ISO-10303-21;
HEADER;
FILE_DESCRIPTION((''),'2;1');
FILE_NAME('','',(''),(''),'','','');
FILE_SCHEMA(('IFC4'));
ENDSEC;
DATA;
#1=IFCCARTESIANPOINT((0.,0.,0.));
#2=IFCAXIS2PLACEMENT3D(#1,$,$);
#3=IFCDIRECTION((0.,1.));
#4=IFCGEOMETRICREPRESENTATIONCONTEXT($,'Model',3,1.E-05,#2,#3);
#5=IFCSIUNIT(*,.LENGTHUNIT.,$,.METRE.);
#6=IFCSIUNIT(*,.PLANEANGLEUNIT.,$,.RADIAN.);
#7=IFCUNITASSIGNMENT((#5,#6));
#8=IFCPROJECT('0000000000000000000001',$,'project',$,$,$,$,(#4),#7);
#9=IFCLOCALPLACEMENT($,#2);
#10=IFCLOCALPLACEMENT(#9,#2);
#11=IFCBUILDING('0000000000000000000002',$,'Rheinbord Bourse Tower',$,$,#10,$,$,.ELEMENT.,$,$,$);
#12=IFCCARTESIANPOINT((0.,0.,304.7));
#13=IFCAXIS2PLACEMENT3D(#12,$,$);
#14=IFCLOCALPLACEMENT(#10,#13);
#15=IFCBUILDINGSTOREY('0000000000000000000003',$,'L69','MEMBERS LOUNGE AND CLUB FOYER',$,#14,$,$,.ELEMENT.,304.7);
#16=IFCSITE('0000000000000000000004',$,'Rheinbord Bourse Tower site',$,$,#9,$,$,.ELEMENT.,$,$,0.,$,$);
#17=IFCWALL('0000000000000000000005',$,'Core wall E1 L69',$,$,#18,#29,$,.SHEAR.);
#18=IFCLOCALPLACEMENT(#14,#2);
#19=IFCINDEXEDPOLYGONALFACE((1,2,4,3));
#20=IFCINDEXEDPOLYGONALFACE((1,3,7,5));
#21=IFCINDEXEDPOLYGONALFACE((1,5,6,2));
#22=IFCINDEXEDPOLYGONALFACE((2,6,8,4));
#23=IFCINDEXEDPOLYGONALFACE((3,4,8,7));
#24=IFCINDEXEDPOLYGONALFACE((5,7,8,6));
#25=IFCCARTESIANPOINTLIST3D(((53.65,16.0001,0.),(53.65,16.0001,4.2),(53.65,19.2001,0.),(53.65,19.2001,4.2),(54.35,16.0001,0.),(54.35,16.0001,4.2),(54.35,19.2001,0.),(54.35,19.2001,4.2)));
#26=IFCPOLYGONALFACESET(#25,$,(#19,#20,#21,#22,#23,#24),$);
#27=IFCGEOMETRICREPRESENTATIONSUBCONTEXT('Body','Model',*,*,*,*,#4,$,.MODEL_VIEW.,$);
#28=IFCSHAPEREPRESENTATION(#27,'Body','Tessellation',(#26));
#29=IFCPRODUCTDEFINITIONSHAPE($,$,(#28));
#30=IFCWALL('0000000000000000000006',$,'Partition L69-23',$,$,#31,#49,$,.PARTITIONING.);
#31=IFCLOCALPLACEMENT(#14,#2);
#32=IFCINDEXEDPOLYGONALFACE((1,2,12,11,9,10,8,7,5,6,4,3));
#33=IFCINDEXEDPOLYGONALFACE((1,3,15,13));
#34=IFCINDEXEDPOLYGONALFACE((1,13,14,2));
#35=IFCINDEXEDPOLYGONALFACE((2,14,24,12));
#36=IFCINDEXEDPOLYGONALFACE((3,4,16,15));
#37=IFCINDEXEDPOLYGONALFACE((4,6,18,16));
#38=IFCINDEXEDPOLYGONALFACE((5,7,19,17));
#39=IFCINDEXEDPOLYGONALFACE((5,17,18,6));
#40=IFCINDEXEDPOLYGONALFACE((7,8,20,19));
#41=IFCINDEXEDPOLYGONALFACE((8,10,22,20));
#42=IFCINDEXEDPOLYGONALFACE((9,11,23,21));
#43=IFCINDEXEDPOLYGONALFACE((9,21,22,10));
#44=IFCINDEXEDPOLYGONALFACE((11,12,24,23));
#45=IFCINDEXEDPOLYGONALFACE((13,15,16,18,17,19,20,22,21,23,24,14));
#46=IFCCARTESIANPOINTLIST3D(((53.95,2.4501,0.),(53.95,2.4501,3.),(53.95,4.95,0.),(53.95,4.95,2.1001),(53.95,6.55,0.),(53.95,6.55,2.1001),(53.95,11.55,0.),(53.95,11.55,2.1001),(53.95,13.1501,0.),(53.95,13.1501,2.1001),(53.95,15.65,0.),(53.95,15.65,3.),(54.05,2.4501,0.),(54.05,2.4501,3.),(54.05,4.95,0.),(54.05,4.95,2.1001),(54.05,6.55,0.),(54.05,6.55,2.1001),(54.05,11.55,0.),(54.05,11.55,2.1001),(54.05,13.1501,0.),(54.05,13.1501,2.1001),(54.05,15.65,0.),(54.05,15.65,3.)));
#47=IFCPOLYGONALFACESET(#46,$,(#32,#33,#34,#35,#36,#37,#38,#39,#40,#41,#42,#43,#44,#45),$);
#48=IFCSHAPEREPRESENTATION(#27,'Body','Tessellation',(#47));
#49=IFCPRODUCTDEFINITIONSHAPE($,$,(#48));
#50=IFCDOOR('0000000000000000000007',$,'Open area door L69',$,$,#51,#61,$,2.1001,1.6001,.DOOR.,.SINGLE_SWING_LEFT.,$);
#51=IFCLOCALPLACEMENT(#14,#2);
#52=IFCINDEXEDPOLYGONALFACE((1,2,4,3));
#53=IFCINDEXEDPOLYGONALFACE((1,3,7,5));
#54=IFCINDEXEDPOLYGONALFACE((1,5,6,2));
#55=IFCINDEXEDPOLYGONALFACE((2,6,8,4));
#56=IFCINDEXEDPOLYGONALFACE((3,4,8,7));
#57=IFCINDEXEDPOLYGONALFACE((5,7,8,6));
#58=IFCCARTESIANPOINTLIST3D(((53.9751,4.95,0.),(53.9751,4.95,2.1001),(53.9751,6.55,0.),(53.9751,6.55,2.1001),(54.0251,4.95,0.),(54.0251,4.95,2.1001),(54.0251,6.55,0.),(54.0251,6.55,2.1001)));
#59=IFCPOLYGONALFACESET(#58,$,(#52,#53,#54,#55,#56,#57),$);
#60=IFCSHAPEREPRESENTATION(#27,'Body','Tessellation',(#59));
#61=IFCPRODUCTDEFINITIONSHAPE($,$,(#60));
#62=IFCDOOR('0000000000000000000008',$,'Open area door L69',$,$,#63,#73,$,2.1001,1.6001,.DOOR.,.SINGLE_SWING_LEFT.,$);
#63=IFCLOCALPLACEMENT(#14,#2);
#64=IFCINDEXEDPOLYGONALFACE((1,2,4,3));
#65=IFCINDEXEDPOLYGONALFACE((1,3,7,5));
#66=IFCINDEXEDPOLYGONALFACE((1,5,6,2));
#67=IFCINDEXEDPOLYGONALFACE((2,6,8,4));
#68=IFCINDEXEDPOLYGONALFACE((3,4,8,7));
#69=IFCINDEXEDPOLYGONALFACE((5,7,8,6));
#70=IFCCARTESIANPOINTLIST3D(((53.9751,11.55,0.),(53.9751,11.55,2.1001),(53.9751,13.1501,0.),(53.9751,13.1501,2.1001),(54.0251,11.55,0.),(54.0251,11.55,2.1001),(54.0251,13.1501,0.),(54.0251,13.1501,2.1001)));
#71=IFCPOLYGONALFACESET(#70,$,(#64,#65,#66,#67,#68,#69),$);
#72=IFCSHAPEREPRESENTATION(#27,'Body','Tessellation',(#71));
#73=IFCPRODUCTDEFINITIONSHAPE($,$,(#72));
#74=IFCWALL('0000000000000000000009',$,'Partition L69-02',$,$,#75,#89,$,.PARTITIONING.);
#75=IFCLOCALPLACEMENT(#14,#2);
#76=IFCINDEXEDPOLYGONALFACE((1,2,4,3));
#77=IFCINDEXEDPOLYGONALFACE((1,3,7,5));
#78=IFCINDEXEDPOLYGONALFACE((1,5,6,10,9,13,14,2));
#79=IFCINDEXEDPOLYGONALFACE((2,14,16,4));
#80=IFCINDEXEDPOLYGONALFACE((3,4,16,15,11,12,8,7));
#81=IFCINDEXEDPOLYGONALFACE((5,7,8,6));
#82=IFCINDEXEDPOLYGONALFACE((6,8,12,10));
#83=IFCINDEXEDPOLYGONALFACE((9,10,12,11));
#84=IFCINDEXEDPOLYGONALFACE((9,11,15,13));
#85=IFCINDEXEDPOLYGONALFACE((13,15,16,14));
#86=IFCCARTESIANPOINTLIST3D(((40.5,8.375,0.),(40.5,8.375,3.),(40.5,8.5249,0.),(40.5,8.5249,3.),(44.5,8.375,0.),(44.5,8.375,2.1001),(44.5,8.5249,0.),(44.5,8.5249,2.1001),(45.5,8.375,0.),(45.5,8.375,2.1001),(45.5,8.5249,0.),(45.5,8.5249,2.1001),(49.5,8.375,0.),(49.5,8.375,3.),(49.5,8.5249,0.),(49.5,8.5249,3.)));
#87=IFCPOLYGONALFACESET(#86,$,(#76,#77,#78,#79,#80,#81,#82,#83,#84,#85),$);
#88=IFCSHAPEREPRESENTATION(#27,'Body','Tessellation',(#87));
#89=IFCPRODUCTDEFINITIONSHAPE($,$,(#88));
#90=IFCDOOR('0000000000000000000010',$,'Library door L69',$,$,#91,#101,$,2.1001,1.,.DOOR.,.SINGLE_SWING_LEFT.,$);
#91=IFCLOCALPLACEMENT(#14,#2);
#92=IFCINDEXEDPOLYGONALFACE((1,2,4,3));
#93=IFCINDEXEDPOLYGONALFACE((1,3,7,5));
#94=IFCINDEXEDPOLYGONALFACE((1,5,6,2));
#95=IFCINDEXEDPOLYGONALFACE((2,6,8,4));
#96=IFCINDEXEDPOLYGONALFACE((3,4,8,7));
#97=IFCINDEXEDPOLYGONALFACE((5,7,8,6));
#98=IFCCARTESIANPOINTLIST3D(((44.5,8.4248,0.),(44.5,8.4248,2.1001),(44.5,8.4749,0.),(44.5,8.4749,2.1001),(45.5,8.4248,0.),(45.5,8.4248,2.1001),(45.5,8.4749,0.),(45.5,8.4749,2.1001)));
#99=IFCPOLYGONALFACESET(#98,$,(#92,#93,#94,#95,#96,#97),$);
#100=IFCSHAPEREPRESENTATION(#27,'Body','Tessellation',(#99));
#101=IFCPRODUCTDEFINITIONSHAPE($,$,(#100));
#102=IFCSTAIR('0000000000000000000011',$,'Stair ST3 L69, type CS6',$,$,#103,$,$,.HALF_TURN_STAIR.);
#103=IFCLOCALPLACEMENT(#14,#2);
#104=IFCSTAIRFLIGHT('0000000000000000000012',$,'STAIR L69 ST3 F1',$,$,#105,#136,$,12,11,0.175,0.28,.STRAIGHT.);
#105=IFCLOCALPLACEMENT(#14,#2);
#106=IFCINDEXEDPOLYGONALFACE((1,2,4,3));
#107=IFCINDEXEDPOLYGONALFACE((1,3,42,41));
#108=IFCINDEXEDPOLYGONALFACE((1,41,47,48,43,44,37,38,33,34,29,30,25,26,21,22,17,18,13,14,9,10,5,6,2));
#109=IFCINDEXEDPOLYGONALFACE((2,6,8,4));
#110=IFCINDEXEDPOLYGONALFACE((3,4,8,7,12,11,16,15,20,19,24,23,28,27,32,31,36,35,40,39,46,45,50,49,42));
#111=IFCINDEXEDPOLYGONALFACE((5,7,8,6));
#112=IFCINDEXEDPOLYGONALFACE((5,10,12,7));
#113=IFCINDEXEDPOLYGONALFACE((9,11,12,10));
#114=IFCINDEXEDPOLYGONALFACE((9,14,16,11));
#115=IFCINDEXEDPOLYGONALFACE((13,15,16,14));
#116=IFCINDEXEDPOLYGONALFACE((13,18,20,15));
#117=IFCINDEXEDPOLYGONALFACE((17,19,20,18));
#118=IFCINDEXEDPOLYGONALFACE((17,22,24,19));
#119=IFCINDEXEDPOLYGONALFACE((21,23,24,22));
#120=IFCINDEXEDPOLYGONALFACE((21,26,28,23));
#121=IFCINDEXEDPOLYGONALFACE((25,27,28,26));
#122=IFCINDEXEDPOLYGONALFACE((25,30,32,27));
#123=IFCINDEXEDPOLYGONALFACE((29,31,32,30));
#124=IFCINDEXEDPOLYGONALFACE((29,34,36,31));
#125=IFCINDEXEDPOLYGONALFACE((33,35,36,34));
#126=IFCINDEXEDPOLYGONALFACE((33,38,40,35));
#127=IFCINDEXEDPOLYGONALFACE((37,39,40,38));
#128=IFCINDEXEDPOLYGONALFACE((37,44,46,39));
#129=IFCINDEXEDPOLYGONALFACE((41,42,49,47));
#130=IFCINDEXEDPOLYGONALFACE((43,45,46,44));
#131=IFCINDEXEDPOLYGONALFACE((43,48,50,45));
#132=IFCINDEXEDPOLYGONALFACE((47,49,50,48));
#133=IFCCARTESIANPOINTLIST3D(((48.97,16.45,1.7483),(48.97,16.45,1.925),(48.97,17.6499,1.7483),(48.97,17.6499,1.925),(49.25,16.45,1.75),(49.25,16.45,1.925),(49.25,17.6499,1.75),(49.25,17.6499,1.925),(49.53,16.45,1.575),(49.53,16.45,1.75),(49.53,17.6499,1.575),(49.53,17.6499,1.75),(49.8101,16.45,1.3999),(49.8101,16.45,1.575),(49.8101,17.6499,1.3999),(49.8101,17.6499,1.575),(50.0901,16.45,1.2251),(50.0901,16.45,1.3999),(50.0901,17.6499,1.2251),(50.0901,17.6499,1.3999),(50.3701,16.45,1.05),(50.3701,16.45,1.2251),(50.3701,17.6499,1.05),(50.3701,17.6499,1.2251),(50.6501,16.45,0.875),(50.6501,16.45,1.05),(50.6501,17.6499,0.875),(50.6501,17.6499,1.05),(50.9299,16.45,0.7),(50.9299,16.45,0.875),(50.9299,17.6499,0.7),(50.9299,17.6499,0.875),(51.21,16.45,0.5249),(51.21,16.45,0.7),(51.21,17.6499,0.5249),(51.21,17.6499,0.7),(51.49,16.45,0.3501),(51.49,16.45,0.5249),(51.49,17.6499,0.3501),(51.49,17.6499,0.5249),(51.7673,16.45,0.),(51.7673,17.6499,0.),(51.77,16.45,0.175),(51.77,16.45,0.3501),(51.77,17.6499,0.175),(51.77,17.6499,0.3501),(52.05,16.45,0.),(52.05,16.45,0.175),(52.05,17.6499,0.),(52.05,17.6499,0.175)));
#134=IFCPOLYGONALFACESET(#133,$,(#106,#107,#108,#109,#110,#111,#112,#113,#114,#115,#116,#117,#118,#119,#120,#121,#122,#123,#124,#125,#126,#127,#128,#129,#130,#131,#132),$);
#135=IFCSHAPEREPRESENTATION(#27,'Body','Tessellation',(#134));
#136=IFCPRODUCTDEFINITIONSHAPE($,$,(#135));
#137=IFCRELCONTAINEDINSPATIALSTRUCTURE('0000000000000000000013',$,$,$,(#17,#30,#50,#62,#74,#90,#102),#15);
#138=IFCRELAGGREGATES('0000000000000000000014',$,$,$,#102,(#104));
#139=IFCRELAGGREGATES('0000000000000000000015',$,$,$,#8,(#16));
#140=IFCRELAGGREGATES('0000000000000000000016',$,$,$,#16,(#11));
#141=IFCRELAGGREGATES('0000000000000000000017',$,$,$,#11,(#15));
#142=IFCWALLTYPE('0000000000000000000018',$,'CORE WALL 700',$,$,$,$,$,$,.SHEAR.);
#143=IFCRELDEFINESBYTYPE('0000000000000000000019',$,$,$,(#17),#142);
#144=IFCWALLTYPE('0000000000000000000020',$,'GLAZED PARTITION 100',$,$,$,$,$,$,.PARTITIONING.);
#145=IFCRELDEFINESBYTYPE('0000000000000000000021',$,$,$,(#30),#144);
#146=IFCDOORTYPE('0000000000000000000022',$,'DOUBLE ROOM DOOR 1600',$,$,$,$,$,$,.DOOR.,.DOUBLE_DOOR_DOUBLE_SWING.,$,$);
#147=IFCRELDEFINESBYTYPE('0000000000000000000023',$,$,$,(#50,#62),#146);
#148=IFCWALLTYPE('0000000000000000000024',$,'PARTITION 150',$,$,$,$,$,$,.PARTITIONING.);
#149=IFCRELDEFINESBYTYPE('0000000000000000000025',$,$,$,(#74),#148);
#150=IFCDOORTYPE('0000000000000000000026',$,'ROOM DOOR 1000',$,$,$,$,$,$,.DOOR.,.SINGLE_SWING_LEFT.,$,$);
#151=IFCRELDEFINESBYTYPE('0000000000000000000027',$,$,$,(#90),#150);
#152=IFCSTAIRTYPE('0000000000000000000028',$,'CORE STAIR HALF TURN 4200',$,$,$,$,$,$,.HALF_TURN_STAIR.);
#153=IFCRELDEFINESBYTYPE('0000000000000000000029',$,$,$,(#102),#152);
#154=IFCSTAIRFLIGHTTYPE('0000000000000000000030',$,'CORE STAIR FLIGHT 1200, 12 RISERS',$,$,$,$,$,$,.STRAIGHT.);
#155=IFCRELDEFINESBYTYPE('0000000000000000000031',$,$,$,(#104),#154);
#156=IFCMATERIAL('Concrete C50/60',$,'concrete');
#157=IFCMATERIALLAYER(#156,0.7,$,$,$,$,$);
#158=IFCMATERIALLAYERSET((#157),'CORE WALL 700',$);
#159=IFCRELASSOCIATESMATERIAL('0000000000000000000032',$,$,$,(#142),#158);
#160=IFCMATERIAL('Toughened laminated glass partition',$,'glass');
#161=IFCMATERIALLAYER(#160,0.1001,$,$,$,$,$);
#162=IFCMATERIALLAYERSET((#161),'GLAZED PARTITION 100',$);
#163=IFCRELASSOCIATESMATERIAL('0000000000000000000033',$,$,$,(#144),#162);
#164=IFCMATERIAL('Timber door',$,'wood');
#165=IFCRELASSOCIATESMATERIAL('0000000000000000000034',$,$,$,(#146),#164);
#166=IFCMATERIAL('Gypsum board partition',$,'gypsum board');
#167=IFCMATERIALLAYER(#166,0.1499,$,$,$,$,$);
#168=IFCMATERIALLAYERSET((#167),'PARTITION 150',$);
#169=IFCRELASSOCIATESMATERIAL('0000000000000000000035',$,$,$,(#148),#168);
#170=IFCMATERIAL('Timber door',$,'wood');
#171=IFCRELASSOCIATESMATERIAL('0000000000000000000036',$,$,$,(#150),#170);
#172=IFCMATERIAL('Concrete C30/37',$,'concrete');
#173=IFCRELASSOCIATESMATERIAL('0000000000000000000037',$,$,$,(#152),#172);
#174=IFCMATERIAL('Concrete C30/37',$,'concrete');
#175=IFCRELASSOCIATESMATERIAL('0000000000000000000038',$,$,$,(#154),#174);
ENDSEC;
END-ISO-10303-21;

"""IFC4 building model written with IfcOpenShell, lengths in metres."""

from ifc_helpers import new_model, si_unit, direction, frame, frame_2d, origin, place, context, subcontext, project, spatial, polyline, rectangle, outline, extrude, material, layer, layer_set, type_object, element, fill, aggregate, save


model = new_model("IFC4")

# Units and contexts
model_context = context("Model", 3, precision=1e-05, world=origin(), true_north=direction((0.0, 1.0)))
body_context = subcontext(model_context, "Body", "Model", "MODEL_VIEW")
ifc_project = project(units=[si_unit("LENGTHUNIT", "METRE"), si_unit("PLANEANGLEUNIT", "RADIAN")], contexts=[model_context])

# Site, building, storey
site_placement = place(None, origin())
site = spatial("IfcSite", under=ifc_project, at=site_placement, Name="Rheinbord Bourse Tower site", CompositionType="ELEMENT", RefElevation=0.0)
building_placement = place(site_placement, origin())
building = spatial("IfcBuilding", under=site, at=building_placement, Name="Rheinbord Bourse Tower", CompositionType="ELEMENT")
storey_placement = place(building_placement, frame((0.0, 0.0, 304.7)))
storey = spatial("IfcBuildingStorey", under=building, at=storey_placement, Name="L69", Description="MEMBERS LOUNGE AND CLUB FOYER", CompositionType="ELEMENT", Elevation=304.7)

# Wall
ifc_material_1 = material(Name="Concrete C50/60", Category="concrete")
ifc_layer_1 = layer(ifc_material_1, 0.7)
ifc_layer_set_1 = layer_set([ifc_layer_1], Name="CORE WALL 700")
wall_type_1 = type_object("IfcWallType", Name="CORE WALL 700", PredefinedType="SHEAR", material=ifc_layer_set_1)
wall_1_placement = place(storey_placement, frame((54.0, 16.0, 0.0), z_axis=(0.0, 0.0, 1.0), x_axis=(0.0, 1.0, 0.0)))
element("IfcWall", 1, at=wall_1_placement, inside=storey, type_object=wall_type_1, Name="Core wall E1 L69", PredefinedType="SHEAR", context=body_context, shape_type="SweptSolid", body=[
    extrude(rectangle(XDim=3.2, YDim=0.7, at=frame_2d((1.6001, 0.0))), origin(), (0.0, 0.0, 1.0), 4.2),
])

# Wall, openings, doors
ifc_material_2 = material(Name="Toughened laminated glass partition", Category="glass")
ifc_layer_2 = layer(ifc_material_2, 0.1001)
ifc_layer_set_2 = layer_set([ifc_layer_2], Name="GLAZED PARTITION 100")
wall_type_2 = type_object("IfcWallType", Name="GLAZED PARTITION 100", PredefinedType="PARTITIONING", material=ifc_layer_set_2)
wall_2_placement = place(storey_placement, frame((54.0, 2.45, 0.0), z_axis=(0.0, 0.0, 1.0), x_axis=(0.0, 1.0, 0.0)))
wall_2 = element("IfcWall", 2, at=wall_2_placement, inside=storey, type_object=wall_type_2, Name="Partition L69-23", PredefinedType="PARTITIONING", context=body_context, shape_type="SweptSolid", body=[
    extrude(rectangle(XDim=13.2, YDim=0.1001, at=frame_2d((6.6001, 0.0))), origin(), (0.0, 0.0, 1.0), 3.0),
])
opening_1_placement = place(wall_2_placement, frame((2.5, 0.0, 0.0)))
opening_1 = element("IfcOpeningElement", 3, at=opening_1_placement, cuts=wall_2, PredefinedType="OPENING", context=body_context, shape_type="SweptSolid", body=[
    extrude(rectangle(XDim=1.6001, YDim=2.1001, at=frame_2d((0.8, 1.05))), frame((0.0, 0.0601, 0.0), z_axis=(0.0, -1.0, 0.0), x_axis=(1.0, 0.0, 0.0)), (0.0, 0.0, 1.0), 0.1201),
])
opening_2_placement = place(wall_2_placement, frame((9.1001, 0.0, 0.0)))
opening_2 = element("IfcOpeningElement", 4, at=opening_2_placement, cuts=wall_2, PredefinedType="OPENING", context=body_context, shape_type="SweptSolid", body=[
    extrude(rectangle(XDim=1.6001, YDim=2.1001, at=frame_2d((0.8, 1.05))), frame((0.0, 0.0601, 0.0), z_axis=(0.0, -1.0, 0.0), x_axis=(1.0, 0.0, 0.0)), (0.0, 0.0, 1.0), 0.1201),
])
ifc_material_3 = material(Name="Timber door", Category="wood")
door_type_1 = type_object("IfcDoorType", Name="DOUBLE ROOM DOOR 1600", OperationType="DOUBLE_DOOR_DOUBLE_SWING", PredefinedType="DOOR", material=ifc_material_3)
door_1_placement = place(opening_1_placement, origin())
door_1 = element("IfcDoor", 5, at=door_1_placement, inside=storey, type_object=door_type_1, Name="Open area door L69", OperationType="SINGLE_SWING_LEFT", OverallHeight=2.1001, OverallWidth=1.6001, PredefinedType="DOOR", context=body_context, shape_type="SweptSolid", body=[
    extrude(rectangle(XDim=1.6001, YDim=2.1001, at=frame_2d((0.8, 1.05))), frame((0.0, 0.0249, 0.0), z_axis=(0.0, -1.0, 0.0), x_axis=(1.0, 0.0, 0.0)), (0.0, 0.0, 1.0), 0.05),
])
fill(opening_1, door_1)
door_2_placement = place(opening_2_placement, origin())
door_2 = element("IfcDoor", 6, at=door_2_placement, inside=storey, type_object=door_type_1, Name="Open area door L69", OperationType="SINGLE_SWING_LEFT", OverallHeight=2.1001, OverallWidth=1.6001, PredefinedType="DOOR", context=body_context, shape_type="SweptSolid", body=[
    extrude(rectangle(XDim=1.6001, YDim=2.1001, at=frame_2d((0.8, 1.05))), frame((0.0, 0.0249, 0.0), z_axis=(0.0, -1.0, 0.0), x_axis=(1.0, 0.0, 0.0)), (0.0, 0.0, 1.0), 0.05),
])
fill(opening_2, door_2)

# Wall, opening, door
ifc_material_4 = material(Name="Gypsum board partition", Category="gypsum board")
ifc_layer_3 = layer(ifc_material_4, 0.1499)
ifc_layer_set_3 = layer_set([ifc_layer_3], Name="PARTITION 150")
wall_type_3 = type_object("IfcWallType", Name="PARTITION 150", PredefinedType="PARTITIONING", material=ifc_layer_set_3)
wall_3_placement = place(storey_placement, frame((40.5, 8.45, 0.0), z_axis=(0.0, 0.0, 1.0), x_axis=(1.0, 0.0, 0.0)))
wall_3 = element("IfcWall", 7, at=wall_3_placement, inside=storey, type_object=wall_type_3, Name="Partition L69-02", PredefinedType="PARTITIONING", context=body_context, shape_type="SweptSolid", body=[
    extrude(rectangle(XDim=9.0, YDim=0.1499, at=frame_2d((4.5, 0.0))), origin(), (0.0, 0.0, 1.0), 3.0),
])
opening_3_placement = place(wall_3_placement, frame((4.0, 0.0, 0.0)))
opening_3 = element("IfcOpeningElement", 8, at=opening_3_placement, cuts=wall_3, PredefinedType="OPENING", context=body_context, shape_type="SweptSolid", body=[
    extrude(rectangle(XDim=1.0, YDim=2.1001, at=frame_2d((0.5, 1.05))), frame((0.0, 0.085, 0.0), z_axis=(0.0, -1.0, 0.0), x_axis=(1.0, 0.0, 0.0)), (0.0, 0.0, 1.0), 0.1699),
])
ifc_material_5 = material(Name="Timber door", Category="wood")
door_type_2 = type_object("IfcDoorType", Name="ROOM DOOR 1000", OperationType="SINGLE_SWING_LEFT", PredefinedType="DOOR", material=ifc_material_5)
door_3_placement = place(opening_3_placement, origin())
door_3 = element("IfcDoor", 9, at=door_3_placement, inside=storey, type_object=door_type_2, Name="Library door L69", OperationType="SINGLE_SWING_LEFT", OverallHeight=2.1001, OverallWidth=1.0, PredefinedType="DOOR", context=body_context, shape_type="SweptSolid", body=[
    extrude(rectangle(XDim=1.0, YDim=2.1001, at=frame_2d((0.5, 1.05))), frame((0.0, 0.0249, 0.0), z_axis=(0.0, -1.0, 0.0), x_axis=(1.0, 0.0, 0.0)), (0.0, 0.0, 1.0), 0.05),
])
fill(opening_3, door_3)

# Stair, stair flight
ifc_material_6 = material(Name="Concrete C30/37", Category="concrete")
stair_type = type_object("IfcStairType", Name="CORE STAIR HALF TURN 4200", PredefinedType="HALF_TURN_STAIR", material=ifc_material_6)
stair_placement = place(storey_placement, origin())
stair = element("IfcStair", 10, at=stair_placement, inside=storey, type_object=stair_type, Name="Stair ST3 L69, type CS6", PredefinedType="HALF_TURN_STAIR")
ifc_material_7 = material(Name="Concrete C30/37", Category="concrete")
stair_flight_type = type_object("IfcStairFlightType", Name="CORE STAIR FLIGHT 1200, 12 RISERS", PredefinedType="STRAIGHT", material=ifc_material_7)
stair_flight_placement = place(storey_placement, frame((52.05, 17.05, 0.0), z_axis=(0.0, 0.0, 1.0), x_axis=(-1.0, 0.0, 0.0)))
stair_flight = element("IfcStairFlight", 11, at=stair_flight_placement, type_object=stair_flight_type, Name="STAIR L69 ST3 F1", NumberOfRisers=12, NumberOfTreads=11, PredefinedType="STRAIGHT", RiserHeight=0.175, TreadLength=0.28, context=body_context, shape_type="SweptSolid", body=[
    extrude(outline(polyline([(0.0, 0.0), (0.0, 0.175), (0.28, 0.175), (0.28, 0.3501), (0.5601, 0.3501), (0.5601, 0.5249), (0.8401, 0.5249), (0.8401, 0.7), (1.1201, 0.7), (1.1201, 0.875), (1.3999, 0.875), (1.3999, 1.05), (1.6799, 1.05), (1.6799, 1.2251), (1.96, 1.2251), (1.96, 1.3999), (2.24, 1.3999), (2.24, 1.575), (2.52, 1.575), (2.52, 1.75), (2.8, 1.75), (2.8, 1.925), (3.0801, 1.925), (3.0801, 2.1001), (3.0801, 1.7483), (0.2827, 0.0), (0.0, 0.0)])), frame((0.0, 0.6001, 0.0), z_axis=(0.0, -1.0, 0.0), x_axis=(1.0, 0.0, 0.0)), (0.0, 0.0, 1.0), 1.2),
])
aggregate(stair, [stair_flight])

save(model, "model.ifc")
